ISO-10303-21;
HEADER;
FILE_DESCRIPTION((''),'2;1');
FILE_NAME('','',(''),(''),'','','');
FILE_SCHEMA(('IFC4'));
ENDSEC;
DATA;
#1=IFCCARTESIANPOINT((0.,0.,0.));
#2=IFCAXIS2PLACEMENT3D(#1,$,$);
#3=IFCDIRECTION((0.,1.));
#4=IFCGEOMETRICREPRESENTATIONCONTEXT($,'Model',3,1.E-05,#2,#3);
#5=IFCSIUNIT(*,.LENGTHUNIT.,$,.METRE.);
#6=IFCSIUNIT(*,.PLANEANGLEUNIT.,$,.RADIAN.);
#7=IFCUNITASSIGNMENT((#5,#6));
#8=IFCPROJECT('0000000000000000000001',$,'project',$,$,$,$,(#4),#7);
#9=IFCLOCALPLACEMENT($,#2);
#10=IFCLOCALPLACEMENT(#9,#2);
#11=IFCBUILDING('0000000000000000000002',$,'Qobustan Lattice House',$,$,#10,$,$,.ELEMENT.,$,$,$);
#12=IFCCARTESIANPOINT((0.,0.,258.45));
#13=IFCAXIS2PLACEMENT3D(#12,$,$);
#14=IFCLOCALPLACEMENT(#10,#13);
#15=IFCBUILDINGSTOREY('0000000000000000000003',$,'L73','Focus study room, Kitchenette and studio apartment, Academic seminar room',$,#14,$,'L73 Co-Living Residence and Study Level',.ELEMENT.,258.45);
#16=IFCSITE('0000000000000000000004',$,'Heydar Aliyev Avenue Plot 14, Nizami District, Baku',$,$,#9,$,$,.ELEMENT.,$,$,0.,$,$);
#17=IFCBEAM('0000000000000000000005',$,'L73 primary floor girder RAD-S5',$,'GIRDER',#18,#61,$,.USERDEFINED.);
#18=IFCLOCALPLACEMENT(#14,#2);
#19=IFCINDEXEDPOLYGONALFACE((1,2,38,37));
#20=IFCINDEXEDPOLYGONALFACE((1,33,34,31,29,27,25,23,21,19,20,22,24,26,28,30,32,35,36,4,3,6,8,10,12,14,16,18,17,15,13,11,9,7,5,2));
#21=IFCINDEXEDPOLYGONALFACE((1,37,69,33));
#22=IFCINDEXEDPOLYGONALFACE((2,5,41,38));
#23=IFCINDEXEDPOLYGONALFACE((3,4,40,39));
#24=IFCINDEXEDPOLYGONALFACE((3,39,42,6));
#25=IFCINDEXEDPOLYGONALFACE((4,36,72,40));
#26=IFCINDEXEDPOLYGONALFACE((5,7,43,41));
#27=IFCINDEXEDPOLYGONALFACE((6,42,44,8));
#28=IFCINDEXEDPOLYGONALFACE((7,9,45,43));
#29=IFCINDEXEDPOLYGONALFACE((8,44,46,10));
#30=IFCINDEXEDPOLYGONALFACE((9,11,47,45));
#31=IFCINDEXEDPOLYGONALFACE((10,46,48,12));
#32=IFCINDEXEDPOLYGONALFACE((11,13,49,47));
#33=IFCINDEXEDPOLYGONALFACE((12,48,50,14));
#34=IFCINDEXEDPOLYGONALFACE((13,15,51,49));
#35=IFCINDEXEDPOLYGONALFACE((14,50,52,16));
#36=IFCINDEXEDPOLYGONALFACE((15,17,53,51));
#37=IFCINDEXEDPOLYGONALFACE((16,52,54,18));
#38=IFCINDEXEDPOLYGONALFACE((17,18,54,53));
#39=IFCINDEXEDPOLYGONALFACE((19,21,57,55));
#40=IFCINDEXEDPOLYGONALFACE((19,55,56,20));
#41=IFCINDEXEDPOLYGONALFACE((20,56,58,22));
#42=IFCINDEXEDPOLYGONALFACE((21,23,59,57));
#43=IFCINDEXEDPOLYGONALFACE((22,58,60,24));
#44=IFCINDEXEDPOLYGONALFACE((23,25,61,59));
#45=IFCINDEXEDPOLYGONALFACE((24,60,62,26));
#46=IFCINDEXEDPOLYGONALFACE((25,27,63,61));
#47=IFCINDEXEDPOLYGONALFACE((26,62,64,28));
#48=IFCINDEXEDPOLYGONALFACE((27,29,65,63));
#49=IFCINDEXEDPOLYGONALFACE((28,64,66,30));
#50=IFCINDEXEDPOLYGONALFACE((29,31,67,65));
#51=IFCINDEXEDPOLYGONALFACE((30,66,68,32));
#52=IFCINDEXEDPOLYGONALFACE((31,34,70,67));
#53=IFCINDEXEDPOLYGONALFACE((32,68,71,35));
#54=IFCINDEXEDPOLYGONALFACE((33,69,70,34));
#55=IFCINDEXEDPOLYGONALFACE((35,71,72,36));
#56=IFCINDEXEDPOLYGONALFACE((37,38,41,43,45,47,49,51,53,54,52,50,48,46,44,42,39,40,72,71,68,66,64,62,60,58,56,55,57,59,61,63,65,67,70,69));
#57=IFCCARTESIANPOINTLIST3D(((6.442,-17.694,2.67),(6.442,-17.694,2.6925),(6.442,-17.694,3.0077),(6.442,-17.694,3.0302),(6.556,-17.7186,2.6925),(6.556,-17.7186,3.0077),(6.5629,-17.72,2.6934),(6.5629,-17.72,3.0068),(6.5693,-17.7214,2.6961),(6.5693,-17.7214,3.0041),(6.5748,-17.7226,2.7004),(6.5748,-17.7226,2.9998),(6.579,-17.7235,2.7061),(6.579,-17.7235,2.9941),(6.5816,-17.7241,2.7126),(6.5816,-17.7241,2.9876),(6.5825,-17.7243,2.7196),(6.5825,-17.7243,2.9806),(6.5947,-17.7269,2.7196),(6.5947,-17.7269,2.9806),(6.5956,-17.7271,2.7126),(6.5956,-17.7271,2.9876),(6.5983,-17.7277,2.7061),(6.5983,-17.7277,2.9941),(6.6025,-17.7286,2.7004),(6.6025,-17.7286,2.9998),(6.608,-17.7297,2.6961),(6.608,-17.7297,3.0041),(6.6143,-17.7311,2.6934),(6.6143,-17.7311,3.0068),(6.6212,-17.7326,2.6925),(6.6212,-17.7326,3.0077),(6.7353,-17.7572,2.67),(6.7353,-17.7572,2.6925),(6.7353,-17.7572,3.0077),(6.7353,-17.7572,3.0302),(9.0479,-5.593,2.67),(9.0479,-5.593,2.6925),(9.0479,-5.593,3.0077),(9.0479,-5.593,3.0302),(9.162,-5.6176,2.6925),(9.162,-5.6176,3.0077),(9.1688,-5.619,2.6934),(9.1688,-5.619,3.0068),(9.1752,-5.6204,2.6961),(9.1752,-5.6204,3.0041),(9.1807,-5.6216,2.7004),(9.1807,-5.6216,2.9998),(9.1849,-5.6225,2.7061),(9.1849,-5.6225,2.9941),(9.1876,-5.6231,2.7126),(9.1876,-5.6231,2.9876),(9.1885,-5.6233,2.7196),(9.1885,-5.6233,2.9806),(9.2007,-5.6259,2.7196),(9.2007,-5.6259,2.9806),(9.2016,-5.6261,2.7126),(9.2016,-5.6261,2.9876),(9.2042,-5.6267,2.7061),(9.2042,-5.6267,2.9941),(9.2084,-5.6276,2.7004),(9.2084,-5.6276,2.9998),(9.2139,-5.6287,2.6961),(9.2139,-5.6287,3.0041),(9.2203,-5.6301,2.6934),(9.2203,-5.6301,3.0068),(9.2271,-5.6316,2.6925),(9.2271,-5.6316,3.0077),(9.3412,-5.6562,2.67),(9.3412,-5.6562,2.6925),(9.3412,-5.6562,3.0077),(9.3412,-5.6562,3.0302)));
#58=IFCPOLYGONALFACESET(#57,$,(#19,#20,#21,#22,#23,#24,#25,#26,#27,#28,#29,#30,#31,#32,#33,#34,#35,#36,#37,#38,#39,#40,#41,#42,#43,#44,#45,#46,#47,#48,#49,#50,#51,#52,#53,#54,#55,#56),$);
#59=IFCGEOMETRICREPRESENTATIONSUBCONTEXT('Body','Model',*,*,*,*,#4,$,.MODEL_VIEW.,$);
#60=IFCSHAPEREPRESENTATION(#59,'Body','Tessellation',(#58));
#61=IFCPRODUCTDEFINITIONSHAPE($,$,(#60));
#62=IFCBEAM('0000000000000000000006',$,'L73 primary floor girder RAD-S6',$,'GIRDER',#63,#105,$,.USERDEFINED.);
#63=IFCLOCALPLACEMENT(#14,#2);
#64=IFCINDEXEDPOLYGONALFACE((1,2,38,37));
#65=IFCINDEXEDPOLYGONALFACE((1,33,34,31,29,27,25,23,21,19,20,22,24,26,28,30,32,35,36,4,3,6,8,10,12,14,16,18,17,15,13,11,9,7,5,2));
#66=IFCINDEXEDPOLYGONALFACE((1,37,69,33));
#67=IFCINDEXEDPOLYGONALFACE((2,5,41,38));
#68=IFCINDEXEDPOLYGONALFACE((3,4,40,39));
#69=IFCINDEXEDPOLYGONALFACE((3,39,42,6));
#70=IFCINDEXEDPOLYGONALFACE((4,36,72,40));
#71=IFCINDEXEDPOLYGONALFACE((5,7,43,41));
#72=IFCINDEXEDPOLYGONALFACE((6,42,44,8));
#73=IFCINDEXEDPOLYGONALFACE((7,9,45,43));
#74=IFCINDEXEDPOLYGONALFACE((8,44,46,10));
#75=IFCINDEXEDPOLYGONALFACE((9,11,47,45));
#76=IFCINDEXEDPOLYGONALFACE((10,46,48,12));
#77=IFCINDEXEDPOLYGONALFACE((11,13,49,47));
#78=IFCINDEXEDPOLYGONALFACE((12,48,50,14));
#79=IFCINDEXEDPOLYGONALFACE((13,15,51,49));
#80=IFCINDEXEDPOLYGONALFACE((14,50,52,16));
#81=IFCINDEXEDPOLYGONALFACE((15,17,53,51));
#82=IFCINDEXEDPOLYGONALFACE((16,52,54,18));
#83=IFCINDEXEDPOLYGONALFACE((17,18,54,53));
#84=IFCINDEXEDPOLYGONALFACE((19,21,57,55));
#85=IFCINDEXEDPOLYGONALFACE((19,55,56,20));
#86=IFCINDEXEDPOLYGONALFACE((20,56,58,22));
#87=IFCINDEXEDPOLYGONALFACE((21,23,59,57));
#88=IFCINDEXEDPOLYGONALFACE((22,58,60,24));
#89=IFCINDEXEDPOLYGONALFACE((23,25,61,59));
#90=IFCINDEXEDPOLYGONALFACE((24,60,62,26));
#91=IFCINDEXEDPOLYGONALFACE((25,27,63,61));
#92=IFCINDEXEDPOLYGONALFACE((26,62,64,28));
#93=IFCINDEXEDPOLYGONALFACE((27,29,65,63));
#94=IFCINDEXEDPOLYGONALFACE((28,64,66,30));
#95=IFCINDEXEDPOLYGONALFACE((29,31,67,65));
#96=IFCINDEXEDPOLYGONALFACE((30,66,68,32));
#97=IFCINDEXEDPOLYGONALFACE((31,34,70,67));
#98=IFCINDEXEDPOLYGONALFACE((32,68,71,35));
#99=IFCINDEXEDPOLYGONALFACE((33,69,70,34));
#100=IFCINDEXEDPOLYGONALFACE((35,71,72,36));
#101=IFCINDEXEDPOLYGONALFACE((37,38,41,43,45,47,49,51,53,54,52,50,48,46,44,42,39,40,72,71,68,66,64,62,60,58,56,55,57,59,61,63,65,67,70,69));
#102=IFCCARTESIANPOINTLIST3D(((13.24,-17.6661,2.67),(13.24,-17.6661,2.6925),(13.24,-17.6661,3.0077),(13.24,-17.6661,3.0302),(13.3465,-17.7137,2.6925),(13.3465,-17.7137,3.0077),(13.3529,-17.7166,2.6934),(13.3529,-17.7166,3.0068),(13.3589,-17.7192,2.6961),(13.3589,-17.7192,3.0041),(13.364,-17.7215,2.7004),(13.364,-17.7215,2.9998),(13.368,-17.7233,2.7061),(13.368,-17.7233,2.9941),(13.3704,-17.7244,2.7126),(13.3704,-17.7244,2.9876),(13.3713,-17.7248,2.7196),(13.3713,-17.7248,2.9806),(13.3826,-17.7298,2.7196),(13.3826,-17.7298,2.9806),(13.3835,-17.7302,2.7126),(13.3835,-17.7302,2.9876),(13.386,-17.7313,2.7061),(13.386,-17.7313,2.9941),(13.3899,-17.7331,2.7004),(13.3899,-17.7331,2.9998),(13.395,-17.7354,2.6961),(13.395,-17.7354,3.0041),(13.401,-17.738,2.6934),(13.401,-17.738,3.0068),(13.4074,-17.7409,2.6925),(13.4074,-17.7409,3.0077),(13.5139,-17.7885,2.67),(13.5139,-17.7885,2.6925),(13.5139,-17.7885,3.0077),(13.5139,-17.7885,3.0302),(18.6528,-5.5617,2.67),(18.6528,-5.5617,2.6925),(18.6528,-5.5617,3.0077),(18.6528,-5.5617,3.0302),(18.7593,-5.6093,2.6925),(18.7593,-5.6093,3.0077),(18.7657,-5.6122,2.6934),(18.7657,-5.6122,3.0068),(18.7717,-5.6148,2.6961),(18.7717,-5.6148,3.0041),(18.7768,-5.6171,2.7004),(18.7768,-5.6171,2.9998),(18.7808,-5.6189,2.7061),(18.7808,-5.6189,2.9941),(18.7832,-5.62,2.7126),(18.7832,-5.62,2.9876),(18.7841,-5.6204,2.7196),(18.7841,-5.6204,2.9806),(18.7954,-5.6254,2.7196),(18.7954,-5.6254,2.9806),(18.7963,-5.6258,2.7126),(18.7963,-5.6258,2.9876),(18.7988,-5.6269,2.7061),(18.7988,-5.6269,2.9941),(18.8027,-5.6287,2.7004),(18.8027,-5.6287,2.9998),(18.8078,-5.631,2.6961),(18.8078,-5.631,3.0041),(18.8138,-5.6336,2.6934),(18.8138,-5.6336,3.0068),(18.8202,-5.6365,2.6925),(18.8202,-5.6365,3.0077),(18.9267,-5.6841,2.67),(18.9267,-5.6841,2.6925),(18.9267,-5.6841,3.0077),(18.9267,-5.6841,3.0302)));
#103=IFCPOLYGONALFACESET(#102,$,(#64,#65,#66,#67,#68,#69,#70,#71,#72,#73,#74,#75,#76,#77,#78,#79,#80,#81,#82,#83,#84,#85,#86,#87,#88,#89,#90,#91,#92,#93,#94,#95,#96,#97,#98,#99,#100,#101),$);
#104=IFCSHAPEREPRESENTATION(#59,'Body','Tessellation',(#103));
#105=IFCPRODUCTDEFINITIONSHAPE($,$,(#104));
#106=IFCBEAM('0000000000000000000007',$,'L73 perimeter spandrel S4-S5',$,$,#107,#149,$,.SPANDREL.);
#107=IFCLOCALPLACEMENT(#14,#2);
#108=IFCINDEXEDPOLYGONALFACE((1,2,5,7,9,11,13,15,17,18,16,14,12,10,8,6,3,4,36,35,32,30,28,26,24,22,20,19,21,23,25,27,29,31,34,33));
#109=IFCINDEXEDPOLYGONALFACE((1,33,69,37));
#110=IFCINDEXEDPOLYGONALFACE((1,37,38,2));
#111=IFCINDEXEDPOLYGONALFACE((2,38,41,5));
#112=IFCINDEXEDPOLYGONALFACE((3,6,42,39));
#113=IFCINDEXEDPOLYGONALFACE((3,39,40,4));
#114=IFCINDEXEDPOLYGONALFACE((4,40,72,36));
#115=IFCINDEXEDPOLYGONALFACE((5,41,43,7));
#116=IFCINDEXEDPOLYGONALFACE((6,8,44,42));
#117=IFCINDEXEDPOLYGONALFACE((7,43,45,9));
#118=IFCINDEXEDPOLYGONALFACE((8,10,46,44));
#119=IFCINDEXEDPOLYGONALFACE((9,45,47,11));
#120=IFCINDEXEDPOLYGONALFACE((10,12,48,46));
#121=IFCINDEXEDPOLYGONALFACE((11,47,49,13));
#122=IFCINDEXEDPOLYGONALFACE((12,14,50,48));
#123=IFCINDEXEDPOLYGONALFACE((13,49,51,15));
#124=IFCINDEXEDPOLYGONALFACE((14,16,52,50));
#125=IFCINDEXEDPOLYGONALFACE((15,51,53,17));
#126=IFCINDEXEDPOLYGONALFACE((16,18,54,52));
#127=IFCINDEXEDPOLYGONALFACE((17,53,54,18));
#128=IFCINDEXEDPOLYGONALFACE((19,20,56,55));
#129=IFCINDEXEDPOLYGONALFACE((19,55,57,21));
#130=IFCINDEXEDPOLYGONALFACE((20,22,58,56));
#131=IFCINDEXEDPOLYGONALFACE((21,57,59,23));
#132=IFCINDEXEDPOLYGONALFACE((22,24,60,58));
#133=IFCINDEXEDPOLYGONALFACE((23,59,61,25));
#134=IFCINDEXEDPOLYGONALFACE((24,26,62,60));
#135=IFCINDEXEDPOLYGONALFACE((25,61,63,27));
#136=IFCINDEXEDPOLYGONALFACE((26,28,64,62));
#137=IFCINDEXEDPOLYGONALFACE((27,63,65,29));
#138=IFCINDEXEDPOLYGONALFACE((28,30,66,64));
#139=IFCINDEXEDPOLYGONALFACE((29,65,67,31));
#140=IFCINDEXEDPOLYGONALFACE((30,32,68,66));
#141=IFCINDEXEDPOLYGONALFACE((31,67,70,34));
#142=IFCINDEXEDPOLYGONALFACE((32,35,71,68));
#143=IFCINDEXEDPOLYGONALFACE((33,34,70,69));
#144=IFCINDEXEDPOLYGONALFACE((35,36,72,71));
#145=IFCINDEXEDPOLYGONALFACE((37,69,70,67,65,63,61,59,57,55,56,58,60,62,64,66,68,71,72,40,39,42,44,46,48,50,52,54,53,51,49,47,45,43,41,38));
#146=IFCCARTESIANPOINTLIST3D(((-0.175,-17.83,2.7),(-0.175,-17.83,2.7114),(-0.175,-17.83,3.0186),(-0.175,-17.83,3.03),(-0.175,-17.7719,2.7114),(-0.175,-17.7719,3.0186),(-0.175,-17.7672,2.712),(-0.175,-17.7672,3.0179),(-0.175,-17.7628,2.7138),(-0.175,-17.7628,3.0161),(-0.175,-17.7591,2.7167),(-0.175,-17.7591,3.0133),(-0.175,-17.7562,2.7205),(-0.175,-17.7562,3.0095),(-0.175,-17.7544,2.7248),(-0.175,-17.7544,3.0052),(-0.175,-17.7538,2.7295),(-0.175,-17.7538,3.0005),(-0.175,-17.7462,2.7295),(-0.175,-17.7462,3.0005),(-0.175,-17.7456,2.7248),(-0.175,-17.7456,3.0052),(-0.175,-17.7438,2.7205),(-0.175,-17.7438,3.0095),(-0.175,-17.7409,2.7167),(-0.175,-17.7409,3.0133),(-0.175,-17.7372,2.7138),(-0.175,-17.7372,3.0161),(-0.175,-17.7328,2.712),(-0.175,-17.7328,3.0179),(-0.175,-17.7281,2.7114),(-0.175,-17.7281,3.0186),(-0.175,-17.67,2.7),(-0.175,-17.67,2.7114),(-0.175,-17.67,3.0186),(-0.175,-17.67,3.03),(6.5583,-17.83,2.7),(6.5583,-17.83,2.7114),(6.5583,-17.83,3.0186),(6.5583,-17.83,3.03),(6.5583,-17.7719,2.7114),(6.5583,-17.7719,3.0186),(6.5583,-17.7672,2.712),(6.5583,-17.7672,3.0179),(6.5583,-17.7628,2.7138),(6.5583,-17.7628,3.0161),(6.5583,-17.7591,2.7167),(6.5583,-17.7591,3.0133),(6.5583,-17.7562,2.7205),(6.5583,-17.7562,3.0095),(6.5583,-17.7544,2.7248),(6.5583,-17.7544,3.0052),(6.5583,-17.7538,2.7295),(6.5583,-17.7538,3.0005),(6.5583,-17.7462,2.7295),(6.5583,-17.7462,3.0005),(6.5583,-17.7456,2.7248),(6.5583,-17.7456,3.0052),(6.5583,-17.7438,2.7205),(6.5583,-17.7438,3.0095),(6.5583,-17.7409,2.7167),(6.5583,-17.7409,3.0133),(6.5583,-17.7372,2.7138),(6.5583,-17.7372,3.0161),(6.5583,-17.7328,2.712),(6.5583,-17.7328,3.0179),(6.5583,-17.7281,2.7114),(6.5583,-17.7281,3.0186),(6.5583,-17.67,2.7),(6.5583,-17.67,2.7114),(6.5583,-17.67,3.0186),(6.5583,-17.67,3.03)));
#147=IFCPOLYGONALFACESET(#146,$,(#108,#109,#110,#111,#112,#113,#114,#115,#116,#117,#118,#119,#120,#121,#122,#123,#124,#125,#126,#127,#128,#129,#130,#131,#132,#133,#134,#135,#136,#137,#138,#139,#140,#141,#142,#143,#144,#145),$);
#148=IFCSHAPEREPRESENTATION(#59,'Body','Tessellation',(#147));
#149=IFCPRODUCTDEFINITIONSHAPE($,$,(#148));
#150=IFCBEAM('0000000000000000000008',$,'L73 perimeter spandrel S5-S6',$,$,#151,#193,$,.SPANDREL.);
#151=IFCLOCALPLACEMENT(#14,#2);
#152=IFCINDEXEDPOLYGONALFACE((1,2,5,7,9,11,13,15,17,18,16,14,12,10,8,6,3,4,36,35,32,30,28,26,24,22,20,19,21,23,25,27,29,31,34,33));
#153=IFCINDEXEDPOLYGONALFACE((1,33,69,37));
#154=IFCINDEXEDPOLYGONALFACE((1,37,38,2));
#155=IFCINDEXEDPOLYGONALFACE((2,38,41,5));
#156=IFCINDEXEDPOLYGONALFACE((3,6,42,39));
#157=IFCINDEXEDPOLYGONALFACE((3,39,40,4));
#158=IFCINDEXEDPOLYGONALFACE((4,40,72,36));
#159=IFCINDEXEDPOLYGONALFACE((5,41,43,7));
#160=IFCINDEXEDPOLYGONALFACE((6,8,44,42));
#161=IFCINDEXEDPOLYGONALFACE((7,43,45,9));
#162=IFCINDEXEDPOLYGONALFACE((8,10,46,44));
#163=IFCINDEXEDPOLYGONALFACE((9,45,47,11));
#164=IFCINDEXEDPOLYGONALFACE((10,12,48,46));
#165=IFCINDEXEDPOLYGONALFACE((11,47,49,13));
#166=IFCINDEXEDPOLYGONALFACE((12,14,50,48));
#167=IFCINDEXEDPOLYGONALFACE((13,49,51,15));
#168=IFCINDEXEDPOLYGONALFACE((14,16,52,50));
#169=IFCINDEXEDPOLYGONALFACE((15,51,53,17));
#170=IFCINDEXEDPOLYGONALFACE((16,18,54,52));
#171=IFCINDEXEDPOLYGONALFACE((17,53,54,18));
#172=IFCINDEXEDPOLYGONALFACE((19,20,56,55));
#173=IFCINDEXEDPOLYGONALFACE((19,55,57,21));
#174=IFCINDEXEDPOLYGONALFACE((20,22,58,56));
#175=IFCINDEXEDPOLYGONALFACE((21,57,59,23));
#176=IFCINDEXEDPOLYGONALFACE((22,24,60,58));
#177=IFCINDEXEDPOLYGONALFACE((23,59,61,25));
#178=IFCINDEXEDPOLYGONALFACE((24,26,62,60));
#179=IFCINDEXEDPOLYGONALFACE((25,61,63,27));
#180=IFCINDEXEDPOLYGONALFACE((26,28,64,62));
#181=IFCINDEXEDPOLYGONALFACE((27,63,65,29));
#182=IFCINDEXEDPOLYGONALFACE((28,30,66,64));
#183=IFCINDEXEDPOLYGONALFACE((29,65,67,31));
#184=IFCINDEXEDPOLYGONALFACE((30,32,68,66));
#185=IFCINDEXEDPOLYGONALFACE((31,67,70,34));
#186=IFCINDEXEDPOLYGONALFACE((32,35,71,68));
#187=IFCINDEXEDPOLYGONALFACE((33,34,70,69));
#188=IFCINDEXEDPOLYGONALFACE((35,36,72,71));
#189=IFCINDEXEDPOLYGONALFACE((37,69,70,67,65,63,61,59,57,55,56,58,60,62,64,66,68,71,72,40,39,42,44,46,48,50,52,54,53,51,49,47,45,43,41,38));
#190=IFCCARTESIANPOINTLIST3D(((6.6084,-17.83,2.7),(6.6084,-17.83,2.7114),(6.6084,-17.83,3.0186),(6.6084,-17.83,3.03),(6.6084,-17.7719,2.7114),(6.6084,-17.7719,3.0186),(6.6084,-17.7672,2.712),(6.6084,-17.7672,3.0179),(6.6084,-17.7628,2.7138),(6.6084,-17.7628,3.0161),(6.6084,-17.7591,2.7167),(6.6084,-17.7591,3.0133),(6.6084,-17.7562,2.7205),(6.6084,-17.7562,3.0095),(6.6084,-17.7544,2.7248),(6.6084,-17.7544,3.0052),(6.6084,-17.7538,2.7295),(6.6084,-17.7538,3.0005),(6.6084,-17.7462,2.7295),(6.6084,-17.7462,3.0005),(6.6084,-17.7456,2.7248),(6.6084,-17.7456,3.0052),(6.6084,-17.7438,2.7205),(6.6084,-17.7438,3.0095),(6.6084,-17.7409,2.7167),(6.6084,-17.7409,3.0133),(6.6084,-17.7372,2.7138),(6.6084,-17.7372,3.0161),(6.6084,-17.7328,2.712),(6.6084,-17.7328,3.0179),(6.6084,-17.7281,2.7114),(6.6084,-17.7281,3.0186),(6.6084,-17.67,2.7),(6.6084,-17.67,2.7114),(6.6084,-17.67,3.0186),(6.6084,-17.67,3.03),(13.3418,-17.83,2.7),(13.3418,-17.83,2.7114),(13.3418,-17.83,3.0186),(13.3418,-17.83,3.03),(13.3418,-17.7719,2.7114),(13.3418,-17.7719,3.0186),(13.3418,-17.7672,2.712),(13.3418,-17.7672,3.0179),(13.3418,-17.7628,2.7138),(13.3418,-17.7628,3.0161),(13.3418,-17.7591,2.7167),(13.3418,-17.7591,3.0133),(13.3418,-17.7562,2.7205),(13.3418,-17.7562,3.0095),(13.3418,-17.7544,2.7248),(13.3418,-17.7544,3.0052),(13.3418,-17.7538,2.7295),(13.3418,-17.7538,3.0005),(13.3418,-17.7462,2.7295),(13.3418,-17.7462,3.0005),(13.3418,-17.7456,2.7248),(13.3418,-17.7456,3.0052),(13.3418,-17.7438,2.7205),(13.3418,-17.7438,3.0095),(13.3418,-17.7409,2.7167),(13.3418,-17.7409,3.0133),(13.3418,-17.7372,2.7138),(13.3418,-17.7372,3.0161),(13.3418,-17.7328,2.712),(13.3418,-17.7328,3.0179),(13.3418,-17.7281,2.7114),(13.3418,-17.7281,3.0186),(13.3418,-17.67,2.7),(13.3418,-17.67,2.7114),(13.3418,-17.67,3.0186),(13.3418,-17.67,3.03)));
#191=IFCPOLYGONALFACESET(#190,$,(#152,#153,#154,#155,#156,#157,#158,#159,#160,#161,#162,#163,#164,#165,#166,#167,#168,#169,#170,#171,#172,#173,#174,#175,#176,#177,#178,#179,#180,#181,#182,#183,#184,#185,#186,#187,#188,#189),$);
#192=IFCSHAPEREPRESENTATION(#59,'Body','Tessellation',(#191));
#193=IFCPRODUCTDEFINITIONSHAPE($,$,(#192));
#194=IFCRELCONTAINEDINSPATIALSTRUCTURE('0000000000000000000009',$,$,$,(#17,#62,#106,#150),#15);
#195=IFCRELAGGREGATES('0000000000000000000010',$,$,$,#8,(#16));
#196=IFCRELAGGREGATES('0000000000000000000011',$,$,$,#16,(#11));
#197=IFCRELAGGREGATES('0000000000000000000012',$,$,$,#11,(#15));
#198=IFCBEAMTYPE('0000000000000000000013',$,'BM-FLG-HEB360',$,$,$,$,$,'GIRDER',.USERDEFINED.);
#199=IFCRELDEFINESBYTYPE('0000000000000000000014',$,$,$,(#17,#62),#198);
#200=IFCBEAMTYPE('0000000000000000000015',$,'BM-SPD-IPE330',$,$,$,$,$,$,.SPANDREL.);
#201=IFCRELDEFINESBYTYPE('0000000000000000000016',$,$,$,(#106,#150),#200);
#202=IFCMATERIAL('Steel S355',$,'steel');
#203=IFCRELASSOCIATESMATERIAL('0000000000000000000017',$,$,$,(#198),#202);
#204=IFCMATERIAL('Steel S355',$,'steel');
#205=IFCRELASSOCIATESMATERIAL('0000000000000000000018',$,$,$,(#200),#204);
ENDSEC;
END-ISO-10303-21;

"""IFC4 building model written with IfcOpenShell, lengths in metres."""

from ifc_helpers import new_model, si_unit, direction, frame, origin, origin_2d, place, context, subcontext, project, spatial, i_section, extrude, material, material_profile, profile_set, type_object, element, save


model = new_model("IFC4")

# Units and contexts
model_context = context("Model", 3, precision=1e-05, world=origin(), true_north=direction((0.0, 1.0)))
body_context = subcontext(model_context, "Body", "Model", "MODEL_VIEW")
ifc_project = project(units=[si_unit("LENGTHUNIT", "METRE"), si_unit("PLANEANGLEUNIT", "RADIAN")], contexts=[model_context])

# Site, building, storey
site_placement = place(None, origin())
site = spatial("IfcSite", under=ifc_project, at=site_placement, Name="Heydar Aliyev Avenue Plot 14, Nizami District, Baku", CompositionType="ELEMENT", RefElevation=0.0)
building_placement = place(site_placement, origin())
building = spatial("IfcBuilding", under=site, at=building_placement, Name="Qobustan Lattice House", CompositionType="ELEMENT")
storey_placement = place(building_placement, frame((0.0, 0.0, 258.45)))
storey = spatial("IfcBuildingStorey", under=building, at=storey_placement, Name="L73", Description="Focus study room, Kitchenette and studio apartment, Academic seminar room", LongName="L73 Co-Living Residence and Study Level", CompositionType="ELEMENT", Elevation=258.45)

# Beams
ifc_material_1 = material(Name="Steel S355", Category="steel")
ifc_material_profile_1 = material_profile(ifc_material_1, i_section(OverallWidth=0.3, OverallDepth=0.3601, WebThickness=0.0125, FlangeThickness=0.0225, FilletRadius=0.0271, at=origin_2d()), Name="HEB360")
ifc_profile_set_1 = profile_set([ifc_material_profile_1], Name="Steel S355")
beam_type_1 = type_object("IfcBeamType", Name="BM-FLG-HEB360", ElementType="GIRDER", PredefinedType="USERDEFINED", material=ifc_profile_set_1)
beam_1_placement = place(storey_placement, frame((6.5886, -17.7256, 2.8501), z_axis=(0.210523, 0.977589, 0.0), x_axis=(-0.977589, 0.210523, 0.0)))
element("IfcBeam", 1, at=beam_1_placement, inside=storey, type_object=beam_type_1, Name="L73 primary floor girder RAD-S5", ObjectType="GIRDER", PredefinedType="USERDEFINED", context=body_context, shape_type="SweptSolid", body=[
    extrude(i_section(OverallWidth=0.3, OverallDepth=0.3601, WebThickness=0.0125, FlangeThickness=0.0225, FilletRadius=0.0271, at=origin_2d()), origin(), (0.0, 0.0, 1.0), 12.3784),
])
beam_2_placement = place(storey_placement, frame((13.377, -17.7273, 2.8501), z_axis=(0.40822, 0.912884, 0.0), x_axis=(-0.912884, 0.40822, 0.0)))
element("IfcBeam", 2, at=beam_2_placement, inside=storey, type_object=beam_type_1, Name="L73 primary floor girder RAD-S6", ObjectType="GIRDER", PredefinedType="USERDEFINED", context=body_context, shape_type="SweptSolid", body=[
    extrude(i_section(OverallWidth=0.3, OverallDepth=0.3601, WebThickness=0.0125, FlangeThickness=0.0225, FilletRadius=0.0271, at=origin_2d()), origin(), (0.0, 0.0, 1.0), 13.2595),
])
ifc_material_2 = material(Name="Steel S355", Category="steel")
ifc_material_profile_2 = material_profile(ifc_material_2, i_section(OverallWidth=0.1599, OverallDepth=0.3301, WebThickness=0.0076, FlangeThickness=0.0115, FilletRadius=0.0181, at=origin_2d()), Name="IPE330")
ifc_profile_set_2 = profile_set([ifc_material_profile_2], Name="Steel S355")
beam_type_2 = type_object("IfcBeamType", Name="BM-SPD-IPE330", PredefinedType="SPANDREL", material=ifc_profile_set_2)
for number, where, z_axis, x_axis, name in (
    (3, (-0.175, -17.75, 2.865), (1.0, 0.0, 0.0), (0.0, 1.0, 0.0), "L73 perimeter spandrel S4-S5"),
    (4, (6.6084, -17.75, 2.865), (1.0, 0.0, 0.0), (0.0, 1.0, 0.0), "L73 perimeter spandrel S5-S6"),
):
    element("IfcBeam", number, at=place(storey_placement, frame(where, z_axis=z_axis, x_axis=x_axis)), inside=storey, type_object=beam_type_2, Name=name, PredefinedType="SPANDREL", context=body_context, shape_type="SweptSolid", body=[
        extrude(i_section(OverallWidth=0.1599, OverallDepth=0.3301, WebThickness=0.0076, FlangeThickness=0.0115, FilletRadius=0.0181, at=origin_2d()), origin(), (0.0, 0.0, 1.0), 6.7334),
    ])

save(model, "model.ifc")
